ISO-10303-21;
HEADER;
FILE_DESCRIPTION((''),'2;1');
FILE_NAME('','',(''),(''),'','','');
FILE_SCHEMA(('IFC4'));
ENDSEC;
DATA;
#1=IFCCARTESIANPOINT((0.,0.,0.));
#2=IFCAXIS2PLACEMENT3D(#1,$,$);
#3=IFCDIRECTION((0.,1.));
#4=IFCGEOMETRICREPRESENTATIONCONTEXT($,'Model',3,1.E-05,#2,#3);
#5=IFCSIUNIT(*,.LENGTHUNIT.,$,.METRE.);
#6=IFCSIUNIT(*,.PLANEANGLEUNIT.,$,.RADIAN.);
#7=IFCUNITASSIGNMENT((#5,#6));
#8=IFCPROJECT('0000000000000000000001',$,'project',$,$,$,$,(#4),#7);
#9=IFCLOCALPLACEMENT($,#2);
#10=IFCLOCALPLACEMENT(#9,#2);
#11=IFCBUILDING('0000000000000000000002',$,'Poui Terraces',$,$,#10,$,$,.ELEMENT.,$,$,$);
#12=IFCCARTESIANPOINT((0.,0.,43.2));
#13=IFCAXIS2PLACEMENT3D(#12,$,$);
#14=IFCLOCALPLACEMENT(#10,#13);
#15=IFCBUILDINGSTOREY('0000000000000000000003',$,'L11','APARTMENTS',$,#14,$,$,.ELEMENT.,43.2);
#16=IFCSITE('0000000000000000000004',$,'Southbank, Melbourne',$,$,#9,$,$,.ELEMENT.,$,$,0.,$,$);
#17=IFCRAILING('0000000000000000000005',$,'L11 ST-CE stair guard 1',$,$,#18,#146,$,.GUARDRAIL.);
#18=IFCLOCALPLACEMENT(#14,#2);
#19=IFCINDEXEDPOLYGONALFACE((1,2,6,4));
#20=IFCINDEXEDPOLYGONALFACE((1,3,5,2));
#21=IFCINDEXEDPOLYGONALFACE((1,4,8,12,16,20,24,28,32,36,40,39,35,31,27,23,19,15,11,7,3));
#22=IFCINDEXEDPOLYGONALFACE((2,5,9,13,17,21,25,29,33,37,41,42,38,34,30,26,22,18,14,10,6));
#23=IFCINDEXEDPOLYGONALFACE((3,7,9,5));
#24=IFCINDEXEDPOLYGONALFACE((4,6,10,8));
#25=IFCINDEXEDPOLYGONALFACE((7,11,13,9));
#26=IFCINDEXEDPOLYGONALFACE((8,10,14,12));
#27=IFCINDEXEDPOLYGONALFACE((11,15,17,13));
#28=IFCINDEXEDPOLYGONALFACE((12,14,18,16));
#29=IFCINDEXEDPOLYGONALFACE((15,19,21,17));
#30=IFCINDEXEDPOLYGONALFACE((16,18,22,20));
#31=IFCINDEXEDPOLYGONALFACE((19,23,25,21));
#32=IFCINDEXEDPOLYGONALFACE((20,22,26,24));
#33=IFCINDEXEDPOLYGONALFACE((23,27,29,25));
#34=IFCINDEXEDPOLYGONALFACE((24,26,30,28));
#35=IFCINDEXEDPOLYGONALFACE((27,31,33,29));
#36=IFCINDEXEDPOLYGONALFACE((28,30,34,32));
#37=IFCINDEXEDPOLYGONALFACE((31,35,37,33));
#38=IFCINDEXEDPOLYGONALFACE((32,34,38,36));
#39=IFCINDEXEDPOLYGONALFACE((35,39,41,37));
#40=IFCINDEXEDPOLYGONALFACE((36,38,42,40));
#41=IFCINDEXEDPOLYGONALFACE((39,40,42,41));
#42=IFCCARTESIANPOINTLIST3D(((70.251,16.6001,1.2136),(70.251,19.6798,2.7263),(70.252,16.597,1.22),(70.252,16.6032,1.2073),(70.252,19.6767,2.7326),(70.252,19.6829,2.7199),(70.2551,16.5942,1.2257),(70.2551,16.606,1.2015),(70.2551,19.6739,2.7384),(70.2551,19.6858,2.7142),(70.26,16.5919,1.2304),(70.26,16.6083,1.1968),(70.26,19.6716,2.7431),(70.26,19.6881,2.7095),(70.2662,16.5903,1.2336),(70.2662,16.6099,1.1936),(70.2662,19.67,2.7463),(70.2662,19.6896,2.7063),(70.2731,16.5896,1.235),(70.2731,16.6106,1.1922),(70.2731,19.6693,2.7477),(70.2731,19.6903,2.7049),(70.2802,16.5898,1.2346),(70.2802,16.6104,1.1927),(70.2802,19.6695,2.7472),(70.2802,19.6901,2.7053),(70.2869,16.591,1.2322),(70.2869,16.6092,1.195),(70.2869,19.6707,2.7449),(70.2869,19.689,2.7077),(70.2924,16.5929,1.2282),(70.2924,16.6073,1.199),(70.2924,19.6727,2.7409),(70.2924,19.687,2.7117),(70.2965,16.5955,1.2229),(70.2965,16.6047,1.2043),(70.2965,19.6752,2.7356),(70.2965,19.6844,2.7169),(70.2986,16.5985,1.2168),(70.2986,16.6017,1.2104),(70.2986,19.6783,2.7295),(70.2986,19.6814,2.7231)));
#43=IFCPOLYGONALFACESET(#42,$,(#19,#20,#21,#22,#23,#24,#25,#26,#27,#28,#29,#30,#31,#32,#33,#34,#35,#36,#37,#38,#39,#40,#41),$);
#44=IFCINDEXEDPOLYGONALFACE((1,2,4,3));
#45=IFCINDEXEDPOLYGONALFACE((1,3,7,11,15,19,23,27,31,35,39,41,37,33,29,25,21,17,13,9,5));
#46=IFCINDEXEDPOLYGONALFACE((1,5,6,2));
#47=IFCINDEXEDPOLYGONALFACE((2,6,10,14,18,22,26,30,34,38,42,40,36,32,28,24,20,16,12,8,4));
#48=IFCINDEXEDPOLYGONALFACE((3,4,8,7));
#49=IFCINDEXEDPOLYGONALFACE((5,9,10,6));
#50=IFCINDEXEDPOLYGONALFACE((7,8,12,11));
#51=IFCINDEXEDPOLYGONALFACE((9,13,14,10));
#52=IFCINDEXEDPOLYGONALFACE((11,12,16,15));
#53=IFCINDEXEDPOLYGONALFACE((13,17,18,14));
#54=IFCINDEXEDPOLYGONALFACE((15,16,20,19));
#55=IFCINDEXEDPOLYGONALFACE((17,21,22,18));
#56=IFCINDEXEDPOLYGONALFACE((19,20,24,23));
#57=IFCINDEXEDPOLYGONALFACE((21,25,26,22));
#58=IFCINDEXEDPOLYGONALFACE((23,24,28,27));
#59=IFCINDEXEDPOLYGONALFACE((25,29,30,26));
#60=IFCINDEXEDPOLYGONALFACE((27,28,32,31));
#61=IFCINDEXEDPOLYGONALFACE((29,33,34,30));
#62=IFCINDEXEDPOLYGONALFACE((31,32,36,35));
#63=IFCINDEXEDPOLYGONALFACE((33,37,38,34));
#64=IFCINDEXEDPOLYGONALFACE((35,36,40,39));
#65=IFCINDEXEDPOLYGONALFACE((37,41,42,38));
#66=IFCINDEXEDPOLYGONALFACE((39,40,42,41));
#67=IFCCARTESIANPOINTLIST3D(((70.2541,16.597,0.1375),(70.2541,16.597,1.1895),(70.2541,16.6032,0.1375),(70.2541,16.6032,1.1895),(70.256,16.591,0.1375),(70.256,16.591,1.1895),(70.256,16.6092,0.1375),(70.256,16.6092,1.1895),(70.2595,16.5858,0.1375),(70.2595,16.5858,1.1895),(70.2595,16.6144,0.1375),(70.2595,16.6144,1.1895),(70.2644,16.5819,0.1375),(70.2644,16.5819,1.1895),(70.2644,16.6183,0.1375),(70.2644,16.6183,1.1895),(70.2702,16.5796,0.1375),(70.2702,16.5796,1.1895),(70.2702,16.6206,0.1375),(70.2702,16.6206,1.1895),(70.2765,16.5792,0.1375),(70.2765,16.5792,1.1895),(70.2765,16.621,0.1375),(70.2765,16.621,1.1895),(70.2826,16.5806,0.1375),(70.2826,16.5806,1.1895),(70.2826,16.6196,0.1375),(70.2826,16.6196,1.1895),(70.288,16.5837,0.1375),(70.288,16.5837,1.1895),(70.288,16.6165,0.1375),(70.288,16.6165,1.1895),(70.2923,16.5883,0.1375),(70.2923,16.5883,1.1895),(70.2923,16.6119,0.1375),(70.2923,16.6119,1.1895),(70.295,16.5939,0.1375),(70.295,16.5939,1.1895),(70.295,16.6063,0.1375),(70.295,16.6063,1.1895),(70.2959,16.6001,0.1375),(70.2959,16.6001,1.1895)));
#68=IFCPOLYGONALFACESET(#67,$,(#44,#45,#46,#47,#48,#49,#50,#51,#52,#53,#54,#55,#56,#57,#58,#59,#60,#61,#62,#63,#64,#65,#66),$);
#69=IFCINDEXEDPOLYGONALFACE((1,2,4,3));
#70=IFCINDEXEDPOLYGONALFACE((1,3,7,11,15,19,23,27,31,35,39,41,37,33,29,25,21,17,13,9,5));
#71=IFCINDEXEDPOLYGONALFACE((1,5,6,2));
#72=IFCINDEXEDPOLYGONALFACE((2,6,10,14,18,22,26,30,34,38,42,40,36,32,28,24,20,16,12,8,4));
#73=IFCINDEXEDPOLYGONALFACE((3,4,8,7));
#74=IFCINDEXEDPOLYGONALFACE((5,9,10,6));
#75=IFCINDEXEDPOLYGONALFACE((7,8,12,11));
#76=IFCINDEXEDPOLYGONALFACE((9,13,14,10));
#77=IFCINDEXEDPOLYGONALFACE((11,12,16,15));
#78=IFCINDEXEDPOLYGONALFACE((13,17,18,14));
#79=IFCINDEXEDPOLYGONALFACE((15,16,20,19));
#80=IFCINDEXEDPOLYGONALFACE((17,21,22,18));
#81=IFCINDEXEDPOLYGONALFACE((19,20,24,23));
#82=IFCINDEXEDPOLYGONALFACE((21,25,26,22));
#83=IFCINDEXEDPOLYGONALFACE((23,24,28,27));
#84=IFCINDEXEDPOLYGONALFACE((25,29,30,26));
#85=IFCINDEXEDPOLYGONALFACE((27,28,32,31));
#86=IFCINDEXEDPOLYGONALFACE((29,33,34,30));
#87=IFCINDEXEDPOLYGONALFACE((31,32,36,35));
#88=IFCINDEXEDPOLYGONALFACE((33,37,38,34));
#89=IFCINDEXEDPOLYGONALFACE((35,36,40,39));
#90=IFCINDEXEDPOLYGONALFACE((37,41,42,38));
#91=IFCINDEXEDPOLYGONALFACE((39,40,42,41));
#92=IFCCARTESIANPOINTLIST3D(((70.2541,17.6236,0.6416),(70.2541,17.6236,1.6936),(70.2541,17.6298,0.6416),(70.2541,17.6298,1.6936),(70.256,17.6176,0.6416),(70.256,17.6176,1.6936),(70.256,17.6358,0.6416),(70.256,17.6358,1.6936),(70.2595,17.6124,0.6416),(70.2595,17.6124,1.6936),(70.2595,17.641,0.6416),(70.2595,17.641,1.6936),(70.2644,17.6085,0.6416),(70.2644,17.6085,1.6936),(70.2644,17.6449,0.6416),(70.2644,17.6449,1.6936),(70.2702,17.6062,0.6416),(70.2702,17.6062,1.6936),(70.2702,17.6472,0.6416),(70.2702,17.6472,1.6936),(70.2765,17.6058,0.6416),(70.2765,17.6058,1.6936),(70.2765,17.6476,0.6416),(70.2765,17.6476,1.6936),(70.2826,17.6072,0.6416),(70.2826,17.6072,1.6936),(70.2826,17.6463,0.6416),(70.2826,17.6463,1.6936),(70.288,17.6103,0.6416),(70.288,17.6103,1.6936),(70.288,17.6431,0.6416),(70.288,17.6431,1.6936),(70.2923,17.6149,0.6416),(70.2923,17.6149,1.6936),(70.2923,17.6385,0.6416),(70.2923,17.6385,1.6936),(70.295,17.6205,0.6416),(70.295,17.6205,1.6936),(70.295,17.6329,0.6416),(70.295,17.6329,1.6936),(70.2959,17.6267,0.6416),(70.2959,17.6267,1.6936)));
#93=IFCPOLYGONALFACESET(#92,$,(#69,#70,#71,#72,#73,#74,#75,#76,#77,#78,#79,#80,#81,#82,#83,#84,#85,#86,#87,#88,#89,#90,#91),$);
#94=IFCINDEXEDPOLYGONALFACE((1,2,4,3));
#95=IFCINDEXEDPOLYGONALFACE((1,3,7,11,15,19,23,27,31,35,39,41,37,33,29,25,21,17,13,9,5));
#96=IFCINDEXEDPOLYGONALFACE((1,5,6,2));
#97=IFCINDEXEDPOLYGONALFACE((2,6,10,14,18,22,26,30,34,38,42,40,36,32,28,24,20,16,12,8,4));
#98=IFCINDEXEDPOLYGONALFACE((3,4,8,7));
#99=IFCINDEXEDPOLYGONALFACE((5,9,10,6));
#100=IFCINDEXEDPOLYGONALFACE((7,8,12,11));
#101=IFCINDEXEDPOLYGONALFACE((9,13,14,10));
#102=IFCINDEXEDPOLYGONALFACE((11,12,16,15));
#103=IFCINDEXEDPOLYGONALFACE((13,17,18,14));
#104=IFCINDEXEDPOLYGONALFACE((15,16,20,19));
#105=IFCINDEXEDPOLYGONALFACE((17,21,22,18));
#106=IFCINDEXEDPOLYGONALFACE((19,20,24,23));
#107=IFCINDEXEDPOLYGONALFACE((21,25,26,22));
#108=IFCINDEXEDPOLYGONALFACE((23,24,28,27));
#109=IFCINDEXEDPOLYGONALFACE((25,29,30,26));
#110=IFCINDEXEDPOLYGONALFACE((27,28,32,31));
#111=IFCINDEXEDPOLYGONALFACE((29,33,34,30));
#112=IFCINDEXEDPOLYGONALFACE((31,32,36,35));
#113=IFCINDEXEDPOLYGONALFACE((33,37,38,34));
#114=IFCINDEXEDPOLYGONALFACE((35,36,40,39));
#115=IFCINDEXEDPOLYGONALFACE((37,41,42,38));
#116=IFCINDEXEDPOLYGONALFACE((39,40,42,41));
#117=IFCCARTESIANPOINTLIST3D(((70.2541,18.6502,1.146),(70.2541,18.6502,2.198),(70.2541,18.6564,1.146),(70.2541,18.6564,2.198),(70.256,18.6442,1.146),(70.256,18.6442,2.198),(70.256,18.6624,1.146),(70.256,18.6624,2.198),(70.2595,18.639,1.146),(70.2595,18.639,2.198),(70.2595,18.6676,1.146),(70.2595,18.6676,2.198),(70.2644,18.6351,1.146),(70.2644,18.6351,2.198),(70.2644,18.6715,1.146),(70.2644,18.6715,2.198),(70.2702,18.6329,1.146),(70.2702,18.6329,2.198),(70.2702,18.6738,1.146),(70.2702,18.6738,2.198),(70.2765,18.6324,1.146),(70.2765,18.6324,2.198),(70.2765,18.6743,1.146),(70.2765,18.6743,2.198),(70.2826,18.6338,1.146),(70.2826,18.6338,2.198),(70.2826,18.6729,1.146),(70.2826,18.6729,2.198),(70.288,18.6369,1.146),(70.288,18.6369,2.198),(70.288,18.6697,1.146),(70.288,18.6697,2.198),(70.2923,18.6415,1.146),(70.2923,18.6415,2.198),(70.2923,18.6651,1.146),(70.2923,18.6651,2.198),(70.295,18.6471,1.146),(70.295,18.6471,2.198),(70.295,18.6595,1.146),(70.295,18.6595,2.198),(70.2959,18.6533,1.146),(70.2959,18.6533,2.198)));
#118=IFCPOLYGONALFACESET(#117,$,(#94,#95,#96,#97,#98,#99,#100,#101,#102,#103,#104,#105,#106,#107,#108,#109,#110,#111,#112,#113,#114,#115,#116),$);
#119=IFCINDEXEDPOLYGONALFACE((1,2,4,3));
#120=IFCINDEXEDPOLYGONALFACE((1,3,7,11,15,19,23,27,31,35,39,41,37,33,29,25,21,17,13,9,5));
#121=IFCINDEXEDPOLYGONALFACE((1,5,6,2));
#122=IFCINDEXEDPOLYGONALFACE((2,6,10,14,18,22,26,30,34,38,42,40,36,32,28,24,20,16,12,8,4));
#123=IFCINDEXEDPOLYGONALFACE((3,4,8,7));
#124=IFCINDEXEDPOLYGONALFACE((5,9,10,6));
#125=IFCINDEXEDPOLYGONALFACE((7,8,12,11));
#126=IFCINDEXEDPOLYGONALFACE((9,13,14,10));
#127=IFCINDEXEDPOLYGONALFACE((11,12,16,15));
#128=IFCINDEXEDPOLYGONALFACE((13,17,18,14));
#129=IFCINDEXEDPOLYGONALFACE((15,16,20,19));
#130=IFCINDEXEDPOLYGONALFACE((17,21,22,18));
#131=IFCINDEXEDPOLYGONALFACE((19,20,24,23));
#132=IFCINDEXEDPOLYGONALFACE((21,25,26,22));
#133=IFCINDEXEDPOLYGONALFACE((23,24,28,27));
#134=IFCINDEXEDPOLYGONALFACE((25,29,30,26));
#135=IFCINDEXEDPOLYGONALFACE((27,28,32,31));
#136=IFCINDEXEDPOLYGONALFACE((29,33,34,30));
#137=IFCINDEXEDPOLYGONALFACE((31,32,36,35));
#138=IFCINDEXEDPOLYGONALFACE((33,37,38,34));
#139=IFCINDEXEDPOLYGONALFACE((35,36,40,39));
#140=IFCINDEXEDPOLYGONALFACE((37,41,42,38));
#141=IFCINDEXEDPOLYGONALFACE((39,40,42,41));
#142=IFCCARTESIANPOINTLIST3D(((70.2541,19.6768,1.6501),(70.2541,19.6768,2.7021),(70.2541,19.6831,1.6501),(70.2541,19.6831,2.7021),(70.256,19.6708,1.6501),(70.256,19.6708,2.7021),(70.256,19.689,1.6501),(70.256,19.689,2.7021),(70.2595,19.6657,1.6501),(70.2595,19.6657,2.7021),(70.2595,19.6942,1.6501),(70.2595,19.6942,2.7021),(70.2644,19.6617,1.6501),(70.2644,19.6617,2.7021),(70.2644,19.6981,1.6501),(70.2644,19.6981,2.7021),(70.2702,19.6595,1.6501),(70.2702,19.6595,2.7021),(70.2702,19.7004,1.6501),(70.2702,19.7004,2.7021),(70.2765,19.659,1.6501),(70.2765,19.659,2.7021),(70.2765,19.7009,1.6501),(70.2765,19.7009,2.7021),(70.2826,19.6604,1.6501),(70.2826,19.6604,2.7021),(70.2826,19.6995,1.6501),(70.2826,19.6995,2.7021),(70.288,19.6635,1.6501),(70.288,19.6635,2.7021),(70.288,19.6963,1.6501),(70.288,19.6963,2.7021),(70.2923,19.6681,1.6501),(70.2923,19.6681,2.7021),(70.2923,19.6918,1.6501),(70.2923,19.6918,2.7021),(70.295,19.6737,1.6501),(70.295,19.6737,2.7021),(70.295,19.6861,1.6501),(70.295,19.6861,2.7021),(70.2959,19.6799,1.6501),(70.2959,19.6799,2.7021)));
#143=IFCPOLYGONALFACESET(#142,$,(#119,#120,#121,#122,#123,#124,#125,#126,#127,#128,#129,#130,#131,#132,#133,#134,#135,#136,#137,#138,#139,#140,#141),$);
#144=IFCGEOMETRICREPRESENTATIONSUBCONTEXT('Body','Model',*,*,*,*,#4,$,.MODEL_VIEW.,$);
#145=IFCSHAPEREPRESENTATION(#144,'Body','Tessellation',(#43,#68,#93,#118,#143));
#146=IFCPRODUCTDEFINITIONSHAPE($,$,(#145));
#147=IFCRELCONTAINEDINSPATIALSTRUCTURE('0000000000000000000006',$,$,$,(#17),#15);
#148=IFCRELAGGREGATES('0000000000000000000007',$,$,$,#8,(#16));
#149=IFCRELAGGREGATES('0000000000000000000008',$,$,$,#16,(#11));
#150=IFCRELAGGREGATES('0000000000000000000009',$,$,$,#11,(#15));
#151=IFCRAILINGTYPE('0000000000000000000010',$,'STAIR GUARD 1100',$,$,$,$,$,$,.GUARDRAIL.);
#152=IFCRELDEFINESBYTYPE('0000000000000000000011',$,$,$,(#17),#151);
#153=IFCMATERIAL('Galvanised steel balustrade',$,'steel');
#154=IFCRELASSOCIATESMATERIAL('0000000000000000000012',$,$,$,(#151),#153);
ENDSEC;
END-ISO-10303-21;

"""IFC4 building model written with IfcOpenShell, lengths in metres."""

from ifc_helpers import new_model, si_unit, direction, frame, origin, origin_2d, place, context, subcontext, project, spatial, circle, extrude, material, type_object, element, save


model = new_model("IFC4")

# Units and contexts
model_context = context("Model", 3, precision=1e-05, world=origin(), true_north=direction((0.0, 1.0)))
body_context = subcontext(model_context, "Body", "Model", "MODEL_VIEW")
ifc_project = project(units=[si_unit("LENGTHUNIT", "METRE"), si_unit("PLANEANGLEUNIT", "RADIAN")], contexts=[model_context])

# Site, building, storey
site_placement = place(None, origin())
site = spatial("IfcSite", under=ifc_project, at=site_placement, Name="Southbank, Melbourne", CompositionType="ELEMENT", RefElevation=0.0)
building_placement = place(site_placement, origin())
building = spatial("IfcBuilding", under=site, at=building_placement, Name="Poui Terraces", CompositionType="ELEMENT")
storey_placement = place(building_placement, frame((0.0, 0.0, 43.2)))
storey = spatial("IfcBuildingStorey", under=building, at=storey_placement, Name="L11", Description="APARTMENTS", CompositionType="ELEMENT", Elevation=43.2)

# Railing
ifc_material_1 = material(Name="Galvanised steel balustrade", Category="steel")
railing_type = type_object("IfcRailingType", Name="STAIR GUARD 1100", PredefinedType="GUARDRAIL", material=ifc_material_1)
railing_1_placement = place(storey_placement, frame((70.2749, 16.6001, 0.1375)))
element("IfcRailing", 1, at=railing_1_placement, inside=storey, type_object=railing_type, Name="L11 ST-CE stair guard 1", PredefinedType="GUARDRAIL", context=body_context, shape_type="SweptSolid", body=[
    extrude(circle(Radius=0.0239, at=origin_2d()), frame((0.0, 0.0, 1.0762), z_axis=(0.0, 0.897578, 0.440856), x_axis=(-1.0, 0.0, 0.0)), (0.0, 0.0, 1.0), 3.4312),
    extrude(circle(Radius=0.021, at=origin_2d()), origin(), (0.0, 0.0, 1.0), 1.052),
    extrude(circle(Radius=0.021, at=origin_2d()), frame((0.0, 1.0266, 0.5042)), (0.0, 0.0, 1.0), 1.052),
    extrude(circle(Radius=0.021, at=origin_2d()), frame((0.0, 2.0532, 1.0085)), (0.0, 0.0, 1.0), 1.052),
    extrude(circle(Radius=0.021, at=origin_2d()), frame((0.0, 3.0798, 1.5127)), (0.0, 0.0, 1.0), 1.052),
])

save(model, "model.ifc")
